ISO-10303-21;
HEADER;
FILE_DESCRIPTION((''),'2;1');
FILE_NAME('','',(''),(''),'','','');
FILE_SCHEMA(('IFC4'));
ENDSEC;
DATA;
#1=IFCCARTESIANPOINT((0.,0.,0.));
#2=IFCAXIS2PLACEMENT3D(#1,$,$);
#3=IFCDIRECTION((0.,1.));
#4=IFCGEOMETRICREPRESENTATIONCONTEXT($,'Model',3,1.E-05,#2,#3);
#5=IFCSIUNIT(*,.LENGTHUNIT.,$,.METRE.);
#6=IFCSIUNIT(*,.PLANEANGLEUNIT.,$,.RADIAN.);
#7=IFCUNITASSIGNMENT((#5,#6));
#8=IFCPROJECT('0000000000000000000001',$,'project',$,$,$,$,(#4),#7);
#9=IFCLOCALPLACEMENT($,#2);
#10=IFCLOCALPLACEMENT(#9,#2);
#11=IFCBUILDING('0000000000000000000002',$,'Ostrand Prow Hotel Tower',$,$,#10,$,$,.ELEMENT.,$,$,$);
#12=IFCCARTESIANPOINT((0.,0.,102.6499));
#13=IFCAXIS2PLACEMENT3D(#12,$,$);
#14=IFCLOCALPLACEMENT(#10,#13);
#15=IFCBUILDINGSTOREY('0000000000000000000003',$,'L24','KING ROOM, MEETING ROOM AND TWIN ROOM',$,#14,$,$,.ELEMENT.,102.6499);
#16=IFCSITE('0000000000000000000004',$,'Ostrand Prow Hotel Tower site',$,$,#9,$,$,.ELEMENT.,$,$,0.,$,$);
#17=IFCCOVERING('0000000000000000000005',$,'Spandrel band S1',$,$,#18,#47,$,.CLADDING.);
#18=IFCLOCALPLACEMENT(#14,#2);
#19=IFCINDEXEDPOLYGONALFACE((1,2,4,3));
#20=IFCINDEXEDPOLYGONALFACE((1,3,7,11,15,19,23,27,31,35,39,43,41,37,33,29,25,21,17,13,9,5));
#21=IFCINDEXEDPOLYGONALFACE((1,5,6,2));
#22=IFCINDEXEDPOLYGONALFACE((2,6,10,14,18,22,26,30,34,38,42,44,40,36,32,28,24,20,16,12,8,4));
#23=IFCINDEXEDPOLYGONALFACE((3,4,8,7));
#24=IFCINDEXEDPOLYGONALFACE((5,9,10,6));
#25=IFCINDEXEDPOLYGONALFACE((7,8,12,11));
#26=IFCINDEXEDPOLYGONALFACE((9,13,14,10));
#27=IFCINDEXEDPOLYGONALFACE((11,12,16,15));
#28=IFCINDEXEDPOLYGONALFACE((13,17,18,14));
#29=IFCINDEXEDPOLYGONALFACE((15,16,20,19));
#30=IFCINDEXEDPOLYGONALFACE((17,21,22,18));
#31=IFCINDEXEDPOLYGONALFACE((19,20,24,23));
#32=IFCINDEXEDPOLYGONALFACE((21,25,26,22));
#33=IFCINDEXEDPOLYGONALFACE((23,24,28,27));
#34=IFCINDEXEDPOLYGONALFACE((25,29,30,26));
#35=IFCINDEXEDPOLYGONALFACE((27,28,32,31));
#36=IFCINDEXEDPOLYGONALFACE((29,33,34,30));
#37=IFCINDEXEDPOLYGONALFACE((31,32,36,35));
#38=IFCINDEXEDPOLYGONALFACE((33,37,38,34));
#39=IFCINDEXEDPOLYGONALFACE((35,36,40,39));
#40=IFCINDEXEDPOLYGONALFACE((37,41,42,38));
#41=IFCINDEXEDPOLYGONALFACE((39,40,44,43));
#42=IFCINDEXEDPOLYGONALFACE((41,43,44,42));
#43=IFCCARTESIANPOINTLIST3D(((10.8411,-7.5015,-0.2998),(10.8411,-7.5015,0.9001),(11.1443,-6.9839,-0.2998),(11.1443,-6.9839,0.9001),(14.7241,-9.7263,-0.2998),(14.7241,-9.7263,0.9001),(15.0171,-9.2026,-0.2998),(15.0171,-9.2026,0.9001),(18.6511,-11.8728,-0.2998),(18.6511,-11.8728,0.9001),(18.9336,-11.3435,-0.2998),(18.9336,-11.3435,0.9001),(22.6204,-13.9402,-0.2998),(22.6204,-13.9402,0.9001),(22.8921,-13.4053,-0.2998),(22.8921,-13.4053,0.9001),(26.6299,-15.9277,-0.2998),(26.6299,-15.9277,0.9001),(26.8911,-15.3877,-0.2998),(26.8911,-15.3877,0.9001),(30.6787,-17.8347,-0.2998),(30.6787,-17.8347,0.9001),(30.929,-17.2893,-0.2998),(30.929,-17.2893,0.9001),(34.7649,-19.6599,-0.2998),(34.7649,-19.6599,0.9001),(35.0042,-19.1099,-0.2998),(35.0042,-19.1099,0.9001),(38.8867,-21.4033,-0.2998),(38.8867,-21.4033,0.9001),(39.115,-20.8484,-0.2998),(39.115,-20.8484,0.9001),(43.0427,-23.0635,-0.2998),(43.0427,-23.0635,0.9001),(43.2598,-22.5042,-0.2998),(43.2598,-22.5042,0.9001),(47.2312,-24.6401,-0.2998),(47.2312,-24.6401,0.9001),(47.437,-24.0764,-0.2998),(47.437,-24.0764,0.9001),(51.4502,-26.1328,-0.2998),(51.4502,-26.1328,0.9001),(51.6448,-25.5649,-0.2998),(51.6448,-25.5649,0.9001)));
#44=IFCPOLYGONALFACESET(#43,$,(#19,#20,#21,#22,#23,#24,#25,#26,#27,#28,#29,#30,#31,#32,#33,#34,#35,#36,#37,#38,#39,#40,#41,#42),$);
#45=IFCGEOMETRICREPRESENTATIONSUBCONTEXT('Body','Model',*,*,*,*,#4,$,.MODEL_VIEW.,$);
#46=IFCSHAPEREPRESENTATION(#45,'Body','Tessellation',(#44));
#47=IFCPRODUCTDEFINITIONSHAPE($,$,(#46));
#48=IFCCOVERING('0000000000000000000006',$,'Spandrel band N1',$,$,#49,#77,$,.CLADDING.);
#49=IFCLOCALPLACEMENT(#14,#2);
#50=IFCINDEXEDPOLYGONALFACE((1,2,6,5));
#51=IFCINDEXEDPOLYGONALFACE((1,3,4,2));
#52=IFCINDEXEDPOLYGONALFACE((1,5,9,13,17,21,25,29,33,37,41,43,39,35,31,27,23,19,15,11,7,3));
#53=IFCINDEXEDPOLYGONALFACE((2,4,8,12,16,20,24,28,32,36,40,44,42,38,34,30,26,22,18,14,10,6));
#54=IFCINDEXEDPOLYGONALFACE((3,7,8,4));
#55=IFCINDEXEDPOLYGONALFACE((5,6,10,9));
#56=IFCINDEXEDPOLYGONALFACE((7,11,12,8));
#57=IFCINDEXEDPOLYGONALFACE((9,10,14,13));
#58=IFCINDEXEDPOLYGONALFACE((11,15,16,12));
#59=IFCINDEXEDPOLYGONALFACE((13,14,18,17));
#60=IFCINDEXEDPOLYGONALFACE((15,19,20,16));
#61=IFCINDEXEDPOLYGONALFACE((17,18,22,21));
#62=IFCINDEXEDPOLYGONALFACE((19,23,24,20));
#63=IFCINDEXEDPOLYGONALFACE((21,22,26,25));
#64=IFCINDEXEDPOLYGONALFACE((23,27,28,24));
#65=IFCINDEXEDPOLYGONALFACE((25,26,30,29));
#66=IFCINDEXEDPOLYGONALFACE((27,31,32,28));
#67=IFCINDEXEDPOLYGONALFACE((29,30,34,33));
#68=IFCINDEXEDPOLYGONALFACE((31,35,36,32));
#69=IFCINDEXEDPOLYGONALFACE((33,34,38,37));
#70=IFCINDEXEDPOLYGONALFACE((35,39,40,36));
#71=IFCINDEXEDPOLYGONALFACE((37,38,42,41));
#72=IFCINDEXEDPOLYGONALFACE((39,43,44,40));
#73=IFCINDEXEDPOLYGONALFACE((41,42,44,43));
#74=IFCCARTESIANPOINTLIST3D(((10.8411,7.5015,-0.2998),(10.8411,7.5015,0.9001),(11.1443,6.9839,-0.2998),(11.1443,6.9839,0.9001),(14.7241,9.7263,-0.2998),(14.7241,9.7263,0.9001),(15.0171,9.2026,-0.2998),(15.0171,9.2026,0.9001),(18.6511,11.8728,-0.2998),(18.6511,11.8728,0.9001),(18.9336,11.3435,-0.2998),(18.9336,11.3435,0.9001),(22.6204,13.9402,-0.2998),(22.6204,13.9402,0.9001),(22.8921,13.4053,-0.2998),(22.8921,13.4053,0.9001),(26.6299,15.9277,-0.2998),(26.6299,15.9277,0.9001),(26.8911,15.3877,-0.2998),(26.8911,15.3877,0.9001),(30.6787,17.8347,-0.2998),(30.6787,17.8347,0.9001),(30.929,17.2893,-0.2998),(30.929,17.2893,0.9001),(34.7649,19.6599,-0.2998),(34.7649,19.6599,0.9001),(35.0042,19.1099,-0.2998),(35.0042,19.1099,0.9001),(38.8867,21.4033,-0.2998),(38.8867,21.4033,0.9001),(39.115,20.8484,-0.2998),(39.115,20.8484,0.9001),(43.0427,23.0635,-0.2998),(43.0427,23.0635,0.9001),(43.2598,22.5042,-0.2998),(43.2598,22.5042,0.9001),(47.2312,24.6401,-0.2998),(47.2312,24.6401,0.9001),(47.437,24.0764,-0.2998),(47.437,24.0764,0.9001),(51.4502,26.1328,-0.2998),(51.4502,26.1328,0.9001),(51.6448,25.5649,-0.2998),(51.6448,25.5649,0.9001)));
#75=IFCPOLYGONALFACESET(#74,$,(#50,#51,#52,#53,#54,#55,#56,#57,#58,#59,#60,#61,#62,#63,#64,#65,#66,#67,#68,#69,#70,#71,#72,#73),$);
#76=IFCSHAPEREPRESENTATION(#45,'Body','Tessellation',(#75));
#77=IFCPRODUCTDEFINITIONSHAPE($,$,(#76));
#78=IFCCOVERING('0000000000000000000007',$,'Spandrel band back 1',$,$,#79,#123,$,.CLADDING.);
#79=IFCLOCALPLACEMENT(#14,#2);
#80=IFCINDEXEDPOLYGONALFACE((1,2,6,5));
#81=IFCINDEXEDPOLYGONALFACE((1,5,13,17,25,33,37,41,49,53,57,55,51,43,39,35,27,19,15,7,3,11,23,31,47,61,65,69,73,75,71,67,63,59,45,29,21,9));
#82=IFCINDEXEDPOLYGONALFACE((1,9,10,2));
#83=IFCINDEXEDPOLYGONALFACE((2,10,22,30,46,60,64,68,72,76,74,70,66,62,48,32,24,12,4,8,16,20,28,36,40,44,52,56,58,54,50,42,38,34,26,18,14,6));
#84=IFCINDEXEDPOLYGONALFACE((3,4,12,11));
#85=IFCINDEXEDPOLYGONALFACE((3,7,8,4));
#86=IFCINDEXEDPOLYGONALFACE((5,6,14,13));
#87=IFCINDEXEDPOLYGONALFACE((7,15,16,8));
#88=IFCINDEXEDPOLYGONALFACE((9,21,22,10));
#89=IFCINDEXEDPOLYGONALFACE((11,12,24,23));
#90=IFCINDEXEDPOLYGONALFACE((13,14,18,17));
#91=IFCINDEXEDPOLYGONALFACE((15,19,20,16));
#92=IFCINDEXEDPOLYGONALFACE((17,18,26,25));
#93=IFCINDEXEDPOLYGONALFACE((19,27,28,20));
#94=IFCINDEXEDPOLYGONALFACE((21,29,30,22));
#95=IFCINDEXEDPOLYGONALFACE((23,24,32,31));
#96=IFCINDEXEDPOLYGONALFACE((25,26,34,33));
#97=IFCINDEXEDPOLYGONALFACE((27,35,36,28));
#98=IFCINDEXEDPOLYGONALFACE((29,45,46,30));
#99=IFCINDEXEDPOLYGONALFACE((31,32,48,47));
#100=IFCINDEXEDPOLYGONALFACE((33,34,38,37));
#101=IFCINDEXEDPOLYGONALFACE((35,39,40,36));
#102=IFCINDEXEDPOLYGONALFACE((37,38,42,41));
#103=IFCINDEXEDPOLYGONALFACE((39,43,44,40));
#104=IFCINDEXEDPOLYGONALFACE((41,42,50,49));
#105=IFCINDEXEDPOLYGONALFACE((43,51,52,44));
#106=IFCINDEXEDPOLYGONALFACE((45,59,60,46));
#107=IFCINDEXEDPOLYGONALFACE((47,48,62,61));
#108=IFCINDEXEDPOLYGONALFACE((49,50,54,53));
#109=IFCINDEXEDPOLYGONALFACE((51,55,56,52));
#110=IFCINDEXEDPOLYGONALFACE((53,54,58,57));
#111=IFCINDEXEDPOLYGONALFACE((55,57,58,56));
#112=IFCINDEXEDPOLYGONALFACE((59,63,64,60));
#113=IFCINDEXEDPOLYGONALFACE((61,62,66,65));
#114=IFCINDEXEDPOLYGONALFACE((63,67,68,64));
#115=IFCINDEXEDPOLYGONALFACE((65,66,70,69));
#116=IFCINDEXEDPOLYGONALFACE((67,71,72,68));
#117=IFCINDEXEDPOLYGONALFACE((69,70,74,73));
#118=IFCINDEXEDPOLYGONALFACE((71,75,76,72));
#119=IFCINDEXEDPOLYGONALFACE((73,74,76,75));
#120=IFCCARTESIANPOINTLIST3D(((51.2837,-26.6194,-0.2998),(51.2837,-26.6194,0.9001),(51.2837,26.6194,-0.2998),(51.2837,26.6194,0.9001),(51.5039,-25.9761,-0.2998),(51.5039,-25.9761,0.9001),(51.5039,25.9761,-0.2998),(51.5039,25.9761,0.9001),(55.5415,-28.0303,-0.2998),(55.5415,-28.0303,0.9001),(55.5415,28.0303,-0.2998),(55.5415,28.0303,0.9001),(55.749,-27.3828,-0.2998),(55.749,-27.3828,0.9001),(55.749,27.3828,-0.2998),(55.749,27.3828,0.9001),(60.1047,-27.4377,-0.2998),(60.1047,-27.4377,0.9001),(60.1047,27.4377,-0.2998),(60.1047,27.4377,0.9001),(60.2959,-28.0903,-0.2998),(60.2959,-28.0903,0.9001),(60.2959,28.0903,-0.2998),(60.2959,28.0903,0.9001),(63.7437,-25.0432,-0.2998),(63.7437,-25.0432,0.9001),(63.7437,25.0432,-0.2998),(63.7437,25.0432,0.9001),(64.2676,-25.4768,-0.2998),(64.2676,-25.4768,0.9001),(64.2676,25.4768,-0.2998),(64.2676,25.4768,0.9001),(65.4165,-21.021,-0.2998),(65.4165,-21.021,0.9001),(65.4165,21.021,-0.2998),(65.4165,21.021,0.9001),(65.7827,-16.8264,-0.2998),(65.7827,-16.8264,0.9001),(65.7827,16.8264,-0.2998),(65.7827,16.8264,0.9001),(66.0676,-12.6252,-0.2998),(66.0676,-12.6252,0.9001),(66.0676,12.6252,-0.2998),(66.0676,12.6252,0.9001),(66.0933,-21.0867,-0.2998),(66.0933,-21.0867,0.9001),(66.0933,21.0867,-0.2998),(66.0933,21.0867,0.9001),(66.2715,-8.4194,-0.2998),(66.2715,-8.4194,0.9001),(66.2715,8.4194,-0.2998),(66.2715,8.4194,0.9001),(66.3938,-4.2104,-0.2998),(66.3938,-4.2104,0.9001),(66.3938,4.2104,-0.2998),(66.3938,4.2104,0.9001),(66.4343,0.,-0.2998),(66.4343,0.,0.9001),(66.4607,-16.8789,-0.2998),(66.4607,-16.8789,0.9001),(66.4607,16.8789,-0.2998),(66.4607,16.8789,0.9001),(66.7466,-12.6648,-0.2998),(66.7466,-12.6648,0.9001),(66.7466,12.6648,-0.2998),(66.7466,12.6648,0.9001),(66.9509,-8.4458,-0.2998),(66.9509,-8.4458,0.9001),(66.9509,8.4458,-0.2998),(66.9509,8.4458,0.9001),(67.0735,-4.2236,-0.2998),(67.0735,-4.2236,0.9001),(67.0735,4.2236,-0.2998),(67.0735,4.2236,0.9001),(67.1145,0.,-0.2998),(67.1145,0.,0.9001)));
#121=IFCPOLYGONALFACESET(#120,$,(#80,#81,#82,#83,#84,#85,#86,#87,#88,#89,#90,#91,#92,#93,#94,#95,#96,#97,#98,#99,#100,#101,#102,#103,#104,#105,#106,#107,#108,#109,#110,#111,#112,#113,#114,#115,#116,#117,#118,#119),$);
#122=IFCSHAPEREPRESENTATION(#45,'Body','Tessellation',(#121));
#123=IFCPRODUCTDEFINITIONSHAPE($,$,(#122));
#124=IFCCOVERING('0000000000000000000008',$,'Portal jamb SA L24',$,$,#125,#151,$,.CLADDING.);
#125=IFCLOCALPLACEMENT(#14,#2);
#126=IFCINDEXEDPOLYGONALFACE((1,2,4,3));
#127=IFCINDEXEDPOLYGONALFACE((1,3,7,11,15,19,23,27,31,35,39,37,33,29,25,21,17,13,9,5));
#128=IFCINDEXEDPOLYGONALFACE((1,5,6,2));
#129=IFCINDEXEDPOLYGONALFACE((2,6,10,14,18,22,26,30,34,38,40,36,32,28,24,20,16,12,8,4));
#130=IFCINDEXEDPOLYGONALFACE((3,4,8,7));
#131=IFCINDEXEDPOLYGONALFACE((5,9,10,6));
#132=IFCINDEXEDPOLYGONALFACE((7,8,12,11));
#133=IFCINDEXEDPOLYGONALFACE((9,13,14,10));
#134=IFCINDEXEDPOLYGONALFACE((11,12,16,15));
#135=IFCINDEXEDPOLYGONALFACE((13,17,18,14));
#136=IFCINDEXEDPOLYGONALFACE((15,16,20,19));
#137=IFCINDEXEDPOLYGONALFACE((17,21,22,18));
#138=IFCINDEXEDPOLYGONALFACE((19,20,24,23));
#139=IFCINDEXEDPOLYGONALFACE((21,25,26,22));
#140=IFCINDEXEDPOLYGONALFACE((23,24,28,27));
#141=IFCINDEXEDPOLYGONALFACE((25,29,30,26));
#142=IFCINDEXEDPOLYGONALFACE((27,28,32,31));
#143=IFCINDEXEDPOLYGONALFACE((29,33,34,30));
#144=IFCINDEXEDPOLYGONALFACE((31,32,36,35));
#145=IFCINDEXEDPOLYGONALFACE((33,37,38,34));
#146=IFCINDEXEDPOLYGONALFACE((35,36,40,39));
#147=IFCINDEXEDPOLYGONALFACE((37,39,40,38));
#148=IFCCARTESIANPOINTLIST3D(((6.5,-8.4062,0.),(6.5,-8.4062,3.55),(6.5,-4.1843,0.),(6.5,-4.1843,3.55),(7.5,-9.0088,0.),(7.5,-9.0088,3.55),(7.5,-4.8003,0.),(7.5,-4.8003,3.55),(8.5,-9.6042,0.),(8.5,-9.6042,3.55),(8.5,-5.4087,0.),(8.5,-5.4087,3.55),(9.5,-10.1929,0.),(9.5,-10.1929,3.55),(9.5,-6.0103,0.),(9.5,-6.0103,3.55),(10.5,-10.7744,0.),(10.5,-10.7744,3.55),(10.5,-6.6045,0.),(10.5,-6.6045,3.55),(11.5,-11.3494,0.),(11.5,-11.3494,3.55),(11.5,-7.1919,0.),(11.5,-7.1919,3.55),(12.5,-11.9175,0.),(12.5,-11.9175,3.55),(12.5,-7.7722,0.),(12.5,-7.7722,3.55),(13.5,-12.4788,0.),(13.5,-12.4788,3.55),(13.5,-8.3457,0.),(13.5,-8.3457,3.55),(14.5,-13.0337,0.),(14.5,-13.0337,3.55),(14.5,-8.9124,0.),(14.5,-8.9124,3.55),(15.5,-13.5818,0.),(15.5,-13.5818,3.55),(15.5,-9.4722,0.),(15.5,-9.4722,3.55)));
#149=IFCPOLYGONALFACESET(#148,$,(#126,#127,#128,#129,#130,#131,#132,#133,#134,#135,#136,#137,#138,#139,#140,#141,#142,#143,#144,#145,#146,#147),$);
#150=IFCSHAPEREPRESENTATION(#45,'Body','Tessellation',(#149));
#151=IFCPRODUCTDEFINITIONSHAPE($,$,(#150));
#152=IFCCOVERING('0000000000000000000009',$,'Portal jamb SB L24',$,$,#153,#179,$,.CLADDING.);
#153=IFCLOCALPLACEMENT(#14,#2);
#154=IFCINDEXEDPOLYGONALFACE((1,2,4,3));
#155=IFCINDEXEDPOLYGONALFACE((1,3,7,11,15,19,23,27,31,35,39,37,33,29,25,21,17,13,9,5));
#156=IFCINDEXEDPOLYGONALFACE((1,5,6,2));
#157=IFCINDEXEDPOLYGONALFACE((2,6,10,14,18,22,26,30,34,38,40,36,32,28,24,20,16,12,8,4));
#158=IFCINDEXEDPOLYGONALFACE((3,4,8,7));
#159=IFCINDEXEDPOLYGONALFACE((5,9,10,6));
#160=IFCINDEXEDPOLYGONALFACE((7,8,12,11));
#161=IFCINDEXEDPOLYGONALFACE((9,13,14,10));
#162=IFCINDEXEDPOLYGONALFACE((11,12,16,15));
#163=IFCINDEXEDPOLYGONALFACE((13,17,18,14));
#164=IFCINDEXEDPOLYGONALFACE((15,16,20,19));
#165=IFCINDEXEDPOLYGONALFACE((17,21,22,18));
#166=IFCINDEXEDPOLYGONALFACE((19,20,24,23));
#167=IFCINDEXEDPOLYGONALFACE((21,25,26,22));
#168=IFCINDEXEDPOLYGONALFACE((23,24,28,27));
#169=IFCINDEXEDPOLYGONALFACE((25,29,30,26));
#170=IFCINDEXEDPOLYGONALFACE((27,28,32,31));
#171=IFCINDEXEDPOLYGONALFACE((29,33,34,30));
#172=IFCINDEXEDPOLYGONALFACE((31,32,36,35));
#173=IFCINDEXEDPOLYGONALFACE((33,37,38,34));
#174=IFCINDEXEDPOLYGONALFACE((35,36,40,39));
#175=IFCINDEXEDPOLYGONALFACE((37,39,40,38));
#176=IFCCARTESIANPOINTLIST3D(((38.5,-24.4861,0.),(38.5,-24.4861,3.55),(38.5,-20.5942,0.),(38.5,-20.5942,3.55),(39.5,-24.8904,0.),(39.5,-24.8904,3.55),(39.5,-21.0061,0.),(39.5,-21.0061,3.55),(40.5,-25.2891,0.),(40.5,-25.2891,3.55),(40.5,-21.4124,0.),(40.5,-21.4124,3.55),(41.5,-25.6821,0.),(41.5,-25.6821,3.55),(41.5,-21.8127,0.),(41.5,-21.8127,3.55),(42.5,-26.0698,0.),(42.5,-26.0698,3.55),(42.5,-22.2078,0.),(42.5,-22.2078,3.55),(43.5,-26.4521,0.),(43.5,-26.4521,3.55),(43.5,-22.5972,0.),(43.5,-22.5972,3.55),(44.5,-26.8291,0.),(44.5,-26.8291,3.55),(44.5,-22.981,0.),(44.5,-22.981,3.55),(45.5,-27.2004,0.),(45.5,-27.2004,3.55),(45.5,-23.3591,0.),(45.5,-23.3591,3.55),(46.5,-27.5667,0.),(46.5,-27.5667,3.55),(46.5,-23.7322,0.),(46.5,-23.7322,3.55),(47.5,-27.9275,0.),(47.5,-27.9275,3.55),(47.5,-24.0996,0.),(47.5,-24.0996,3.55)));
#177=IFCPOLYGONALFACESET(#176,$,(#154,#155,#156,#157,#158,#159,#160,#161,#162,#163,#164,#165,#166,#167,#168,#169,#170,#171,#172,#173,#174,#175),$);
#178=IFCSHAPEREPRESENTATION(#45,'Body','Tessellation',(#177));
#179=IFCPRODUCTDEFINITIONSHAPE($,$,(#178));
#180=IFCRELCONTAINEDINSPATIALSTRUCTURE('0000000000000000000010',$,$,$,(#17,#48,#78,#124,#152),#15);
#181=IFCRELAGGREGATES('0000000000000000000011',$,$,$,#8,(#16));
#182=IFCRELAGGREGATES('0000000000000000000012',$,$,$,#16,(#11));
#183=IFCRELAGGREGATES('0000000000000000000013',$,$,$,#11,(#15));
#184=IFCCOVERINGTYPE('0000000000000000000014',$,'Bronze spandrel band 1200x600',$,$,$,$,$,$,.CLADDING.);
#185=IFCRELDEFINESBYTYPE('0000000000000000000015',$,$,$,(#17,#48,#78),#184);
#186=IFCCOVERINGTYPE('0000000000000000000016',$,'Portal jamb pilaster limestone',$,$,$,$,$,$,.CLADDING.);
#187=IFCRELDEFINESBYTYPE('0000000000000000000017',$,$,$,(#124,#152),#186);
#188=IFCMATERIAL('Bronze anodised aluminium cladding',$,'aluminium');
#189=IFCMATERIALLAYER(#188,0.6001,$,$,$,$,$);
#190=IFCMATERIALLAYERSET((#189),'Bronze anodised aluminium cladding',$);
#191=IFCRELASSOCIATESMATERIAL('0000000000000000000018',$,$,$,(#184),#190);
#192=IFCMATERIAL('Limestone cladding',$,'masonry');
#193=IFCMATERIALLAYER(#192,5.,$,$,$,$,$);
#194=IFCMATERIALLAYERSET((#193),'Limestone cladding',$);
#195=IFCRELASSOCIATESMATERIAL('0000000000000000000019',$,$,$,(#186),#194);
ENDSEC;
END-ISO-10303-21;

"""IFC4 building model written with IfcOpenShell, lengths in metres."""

from ifc_helpers import new_model, si_unit, direction, frame, origin, place, context, subcontext, project, spatial, polyline, outline, extrude, material, layer, layer_set, type_object, element, save


model = new_model("IFC4")

# Units and contexts
model_context = context("Model", 3, precision=1e-05, world=origin(), true_north=direction((0.0, 1.0)))
body_context = subcontext(model_context, "Body", "Model", "MODEL_VIEW")
ifc_project = project(units=[si_unit("LENGTHUNIT", "METRE"), si_unit("PLANEANGLEUNIT", "RADIAN")], contexts=[model_context])

# Site, building, storey
site_placement = place(None, origin())
site = spatial("IfcSite", under=ifc_project, at=site_placement, Name="Ostrand Prow Hotel Tower site", CompositionType="ELEMENT", RefElevation=0.0)
building_placement = place(site_placement, origin())
building = spatial("IfcBuilding", under=site, at=building_placement, Name="Ostrand Prow Hotel Tower", CompositionType="ELEMENT")
storey_placement = place(building_placement, frame((0.0, 0.0, 102.6499)))
storey = spatial("IfcBuildingStorey", under=building, at=storey_placement, Name="L24", Description="KING ROOM, MEETING ROOM AND TWIN ROOM", CompositionType="ELEMENT", Elevation=102.6499)

# Coverings
ifc_material_1 = material(Name="Bronze anodised aluminium cladding", Category="aluminium")
ifc_layer_1 = layer(ifc_material_1, 0.6001)
ifc_layer_set_1 = layer_set([ifc_layer_1], Name="Bronze anodised aluminium cladding")
covering_type_1 = type_object("IfcCoveringType", Name="Bronze spandrel band 1200x600", PredefinedType="CLADDING", material=ifc_layer_set_1)
covering_1_placement = place(storey_placement, frame((0.0, 0.0, -0.2998)))
element("IfcCovering", 1, at=covering_1_placement, inside=storey, type_object=covering_type_1, Name="Spandrel band S1", PredefinedType="CLADDING", context=body_context, shape_type="SweptSolid", body=[
    extrude(outline(polyline([(10.8411, -7.5015), (14.7241, -9.7263), (18.6511, -11.8728), (22.6204, -13.9402), (26.6299, -15.9277), (30.6787, -17.8347), (34.7649, -19.6599), (38.8867, -21.4033), (43.0427, -23.0635), (47.2312, -24.6401), (51.4502, -26.1328), (51.6448, -25.5649), (47.437, -24.0764), (43.2598, -22.5042), (39.115, -20.8484), (35.0042, -19.1099), (30.929, -17.2893), (26.8911, -15.3877), (22.8921, -13.4053), (18.9336, -11.3435), (15.0171, -9.2026), (11.1443, -6.9839), (10.8411, -7.5015)])), origin(), (0.0, 0.0, 1.0), 1.2),
])
covering_2_placement = place(storey_placement, frame((0.0, 0.0, -0.2998)))
element("IfcCovering", 2, at=covering_2_placement, inside=storey, type_object=covering_type_1, Name="Spandrel band N1", PredefinedType="CLADDING", context=body_context, shape_type="SweptSolid", body=[
    extrude(outline(polyline([(51.4502, 26.1328), (47.2312, 24.6401), (43.0427, 23.0635), (38.8867, 21.4033), (34.7649, 19.6599), (30.6787, 17.8347), (26.6299, 15.9277), (22.6204, 13.9402), (18.6511, 11.8728), (14.7241, 9.7263), (10.8411, 7.5015), (11.1443, 6.9839), (15.0171, 9.2026), (18.9336, 11.3435), (22.8921, 13.4053), (26.8911, 15.3877), (30.929, 17.2893), (35.0042, 19.1099), (39.115, 20.8484), (43.2598, 22.5042), (47.437, 24.0764), (51.6448, 25.5649), (51.4502, 26.1328)])), origin(), (0.0, 0.0, 1.0), 1.2),
])
covering_3_placement = place(storey_placement, frame((0.0, 0.0, -0.2998)))
element("IfcCovering", 3, at=covering_3_placement, inside=storey, type_object=covering_type_1, Name="Spandrel band back 1", PredefinedType="CLADDING", context=body_context, shape_type="SweptSolid", body=[
    extrude(outline(polyline([(51.2837, -26.6194), (55.5415, -28.0303), (60.2959, -28.0903), (64.2676, -25.4768), (66.0933, -21.0867), (66.4607, -16.8789), (66.7466, -12.6648), (66.9509, -8.4458), (67.0735, -4.2236), (67.1145, 0.0), (67.0735, 4.2236), (66.9509, 8.4458), (66.7466, 12.6648), (66.4607, 16.8789), (66.0933, 21.0867), (64.2676, 25.4768), (60.2959, 28.0903), (55.5415, 28.0303), (51.2837, 26.6194), (51.5039, 25.9761), (55.749, 27.3828), (60.1047, 27.4377), (63.7437, 25.0432), (65.4165, 21.021), (65.7827, 16.8264), (66.0676, 12.6252), (66.2715, 8.4194), (66.3938, 4.2104), (66.4343, 0.0), (66.3938, -4.2104), (66.2715, -8.4194), (66.0676, -12.6252), (65.7827, -16.8264), (65.4165, -21.021), (63.7437, -25.0432), (60.1047, -27.4377), (55.749, -27.3828), (51.5039, -25.9761), (51.2837, -26.6194)])), origin(), (0.0, 0.0, 1.0), 1.2),
])
ifc_material_2 = material(Name="Limestone cladding", Category="masonry")
ifc_layer_2 = layer(ifc_material_2, 5.0)
ifc_layer_set_2 = layer_set([ifc_layer_2], Name="Limestone cladding")
covering_type_2 = type_object("IfcCoveringType", Name="Portal jamb pilaster limestone", PredefinedType="CLADDING", material=ifc_layer_set_2)
covering_4_placement = place(storey_placement, origin())
element("IfcCovering", 4, at=covering_4_placement, inside=storey, type_object=covering_type_2, Name="Portal jamb SA L24", PredefinedType="CLADDING", context=body_context, shape_type="SweptSolid", body=[
    extrude(outline(polyline([(6.5, -4.1843), (6.5, -8.4062), (7.5, -9.0088), (8.5, -9.6042), (9.5, -10.1929), (10.5, -10.7744), (11.5, -11.3494), (12.5, -11.9175), (13.5, -12.4788), (14.5, -13.0337), (15.5, -13.5818), (15.5, -9.4722), (14.5, -8.9124), (13.5, -8.3457), (12.5, -7.7722), (11.5, -7.1919), (10.5, -6.6045), (9.5, -6.0103), (8.5, -5.4087), (7.5, -4.8003), (6.5, -4.1843)])), origin(), (0.0, 0.0, 1.0), 3.55),
])
covering_5_placement = place(storey_placement, origin())
element("IfcCovering", 5, at=covering_5_placement, inside=storey, type_object=covering_type_2, Name="Portal jamb SB L24", PredefinedType="CLADDING", context=body_context, shape_type="SweptSolid", body=[
    extrude(outline(polyline([(38.5, -20.5942), (38.5, -24.4861), (39.5, -24.8904), (40.5, -25.2891), (41.5, -25.6821), (42.5, -26.0698), (43.5, -26.4521), (44.5, -26.8291), (45.5, -27.2004), (46.5, -27.5667), (47.5, -27.9275), (47.5, -24.0996), (46.5, -23.7322), (45.5, -23.3591), (44.5, -22.981), (43.5, -22.5972), (42.5, -22.2078), (41.5, -21.8127), (40.5, -21.4124), (39.5, -21.0061), (38.5, -20.5942)])), origin(), (0.0, 0.0, 1.0), 3.55),
])

save(model, "model.ifc")
